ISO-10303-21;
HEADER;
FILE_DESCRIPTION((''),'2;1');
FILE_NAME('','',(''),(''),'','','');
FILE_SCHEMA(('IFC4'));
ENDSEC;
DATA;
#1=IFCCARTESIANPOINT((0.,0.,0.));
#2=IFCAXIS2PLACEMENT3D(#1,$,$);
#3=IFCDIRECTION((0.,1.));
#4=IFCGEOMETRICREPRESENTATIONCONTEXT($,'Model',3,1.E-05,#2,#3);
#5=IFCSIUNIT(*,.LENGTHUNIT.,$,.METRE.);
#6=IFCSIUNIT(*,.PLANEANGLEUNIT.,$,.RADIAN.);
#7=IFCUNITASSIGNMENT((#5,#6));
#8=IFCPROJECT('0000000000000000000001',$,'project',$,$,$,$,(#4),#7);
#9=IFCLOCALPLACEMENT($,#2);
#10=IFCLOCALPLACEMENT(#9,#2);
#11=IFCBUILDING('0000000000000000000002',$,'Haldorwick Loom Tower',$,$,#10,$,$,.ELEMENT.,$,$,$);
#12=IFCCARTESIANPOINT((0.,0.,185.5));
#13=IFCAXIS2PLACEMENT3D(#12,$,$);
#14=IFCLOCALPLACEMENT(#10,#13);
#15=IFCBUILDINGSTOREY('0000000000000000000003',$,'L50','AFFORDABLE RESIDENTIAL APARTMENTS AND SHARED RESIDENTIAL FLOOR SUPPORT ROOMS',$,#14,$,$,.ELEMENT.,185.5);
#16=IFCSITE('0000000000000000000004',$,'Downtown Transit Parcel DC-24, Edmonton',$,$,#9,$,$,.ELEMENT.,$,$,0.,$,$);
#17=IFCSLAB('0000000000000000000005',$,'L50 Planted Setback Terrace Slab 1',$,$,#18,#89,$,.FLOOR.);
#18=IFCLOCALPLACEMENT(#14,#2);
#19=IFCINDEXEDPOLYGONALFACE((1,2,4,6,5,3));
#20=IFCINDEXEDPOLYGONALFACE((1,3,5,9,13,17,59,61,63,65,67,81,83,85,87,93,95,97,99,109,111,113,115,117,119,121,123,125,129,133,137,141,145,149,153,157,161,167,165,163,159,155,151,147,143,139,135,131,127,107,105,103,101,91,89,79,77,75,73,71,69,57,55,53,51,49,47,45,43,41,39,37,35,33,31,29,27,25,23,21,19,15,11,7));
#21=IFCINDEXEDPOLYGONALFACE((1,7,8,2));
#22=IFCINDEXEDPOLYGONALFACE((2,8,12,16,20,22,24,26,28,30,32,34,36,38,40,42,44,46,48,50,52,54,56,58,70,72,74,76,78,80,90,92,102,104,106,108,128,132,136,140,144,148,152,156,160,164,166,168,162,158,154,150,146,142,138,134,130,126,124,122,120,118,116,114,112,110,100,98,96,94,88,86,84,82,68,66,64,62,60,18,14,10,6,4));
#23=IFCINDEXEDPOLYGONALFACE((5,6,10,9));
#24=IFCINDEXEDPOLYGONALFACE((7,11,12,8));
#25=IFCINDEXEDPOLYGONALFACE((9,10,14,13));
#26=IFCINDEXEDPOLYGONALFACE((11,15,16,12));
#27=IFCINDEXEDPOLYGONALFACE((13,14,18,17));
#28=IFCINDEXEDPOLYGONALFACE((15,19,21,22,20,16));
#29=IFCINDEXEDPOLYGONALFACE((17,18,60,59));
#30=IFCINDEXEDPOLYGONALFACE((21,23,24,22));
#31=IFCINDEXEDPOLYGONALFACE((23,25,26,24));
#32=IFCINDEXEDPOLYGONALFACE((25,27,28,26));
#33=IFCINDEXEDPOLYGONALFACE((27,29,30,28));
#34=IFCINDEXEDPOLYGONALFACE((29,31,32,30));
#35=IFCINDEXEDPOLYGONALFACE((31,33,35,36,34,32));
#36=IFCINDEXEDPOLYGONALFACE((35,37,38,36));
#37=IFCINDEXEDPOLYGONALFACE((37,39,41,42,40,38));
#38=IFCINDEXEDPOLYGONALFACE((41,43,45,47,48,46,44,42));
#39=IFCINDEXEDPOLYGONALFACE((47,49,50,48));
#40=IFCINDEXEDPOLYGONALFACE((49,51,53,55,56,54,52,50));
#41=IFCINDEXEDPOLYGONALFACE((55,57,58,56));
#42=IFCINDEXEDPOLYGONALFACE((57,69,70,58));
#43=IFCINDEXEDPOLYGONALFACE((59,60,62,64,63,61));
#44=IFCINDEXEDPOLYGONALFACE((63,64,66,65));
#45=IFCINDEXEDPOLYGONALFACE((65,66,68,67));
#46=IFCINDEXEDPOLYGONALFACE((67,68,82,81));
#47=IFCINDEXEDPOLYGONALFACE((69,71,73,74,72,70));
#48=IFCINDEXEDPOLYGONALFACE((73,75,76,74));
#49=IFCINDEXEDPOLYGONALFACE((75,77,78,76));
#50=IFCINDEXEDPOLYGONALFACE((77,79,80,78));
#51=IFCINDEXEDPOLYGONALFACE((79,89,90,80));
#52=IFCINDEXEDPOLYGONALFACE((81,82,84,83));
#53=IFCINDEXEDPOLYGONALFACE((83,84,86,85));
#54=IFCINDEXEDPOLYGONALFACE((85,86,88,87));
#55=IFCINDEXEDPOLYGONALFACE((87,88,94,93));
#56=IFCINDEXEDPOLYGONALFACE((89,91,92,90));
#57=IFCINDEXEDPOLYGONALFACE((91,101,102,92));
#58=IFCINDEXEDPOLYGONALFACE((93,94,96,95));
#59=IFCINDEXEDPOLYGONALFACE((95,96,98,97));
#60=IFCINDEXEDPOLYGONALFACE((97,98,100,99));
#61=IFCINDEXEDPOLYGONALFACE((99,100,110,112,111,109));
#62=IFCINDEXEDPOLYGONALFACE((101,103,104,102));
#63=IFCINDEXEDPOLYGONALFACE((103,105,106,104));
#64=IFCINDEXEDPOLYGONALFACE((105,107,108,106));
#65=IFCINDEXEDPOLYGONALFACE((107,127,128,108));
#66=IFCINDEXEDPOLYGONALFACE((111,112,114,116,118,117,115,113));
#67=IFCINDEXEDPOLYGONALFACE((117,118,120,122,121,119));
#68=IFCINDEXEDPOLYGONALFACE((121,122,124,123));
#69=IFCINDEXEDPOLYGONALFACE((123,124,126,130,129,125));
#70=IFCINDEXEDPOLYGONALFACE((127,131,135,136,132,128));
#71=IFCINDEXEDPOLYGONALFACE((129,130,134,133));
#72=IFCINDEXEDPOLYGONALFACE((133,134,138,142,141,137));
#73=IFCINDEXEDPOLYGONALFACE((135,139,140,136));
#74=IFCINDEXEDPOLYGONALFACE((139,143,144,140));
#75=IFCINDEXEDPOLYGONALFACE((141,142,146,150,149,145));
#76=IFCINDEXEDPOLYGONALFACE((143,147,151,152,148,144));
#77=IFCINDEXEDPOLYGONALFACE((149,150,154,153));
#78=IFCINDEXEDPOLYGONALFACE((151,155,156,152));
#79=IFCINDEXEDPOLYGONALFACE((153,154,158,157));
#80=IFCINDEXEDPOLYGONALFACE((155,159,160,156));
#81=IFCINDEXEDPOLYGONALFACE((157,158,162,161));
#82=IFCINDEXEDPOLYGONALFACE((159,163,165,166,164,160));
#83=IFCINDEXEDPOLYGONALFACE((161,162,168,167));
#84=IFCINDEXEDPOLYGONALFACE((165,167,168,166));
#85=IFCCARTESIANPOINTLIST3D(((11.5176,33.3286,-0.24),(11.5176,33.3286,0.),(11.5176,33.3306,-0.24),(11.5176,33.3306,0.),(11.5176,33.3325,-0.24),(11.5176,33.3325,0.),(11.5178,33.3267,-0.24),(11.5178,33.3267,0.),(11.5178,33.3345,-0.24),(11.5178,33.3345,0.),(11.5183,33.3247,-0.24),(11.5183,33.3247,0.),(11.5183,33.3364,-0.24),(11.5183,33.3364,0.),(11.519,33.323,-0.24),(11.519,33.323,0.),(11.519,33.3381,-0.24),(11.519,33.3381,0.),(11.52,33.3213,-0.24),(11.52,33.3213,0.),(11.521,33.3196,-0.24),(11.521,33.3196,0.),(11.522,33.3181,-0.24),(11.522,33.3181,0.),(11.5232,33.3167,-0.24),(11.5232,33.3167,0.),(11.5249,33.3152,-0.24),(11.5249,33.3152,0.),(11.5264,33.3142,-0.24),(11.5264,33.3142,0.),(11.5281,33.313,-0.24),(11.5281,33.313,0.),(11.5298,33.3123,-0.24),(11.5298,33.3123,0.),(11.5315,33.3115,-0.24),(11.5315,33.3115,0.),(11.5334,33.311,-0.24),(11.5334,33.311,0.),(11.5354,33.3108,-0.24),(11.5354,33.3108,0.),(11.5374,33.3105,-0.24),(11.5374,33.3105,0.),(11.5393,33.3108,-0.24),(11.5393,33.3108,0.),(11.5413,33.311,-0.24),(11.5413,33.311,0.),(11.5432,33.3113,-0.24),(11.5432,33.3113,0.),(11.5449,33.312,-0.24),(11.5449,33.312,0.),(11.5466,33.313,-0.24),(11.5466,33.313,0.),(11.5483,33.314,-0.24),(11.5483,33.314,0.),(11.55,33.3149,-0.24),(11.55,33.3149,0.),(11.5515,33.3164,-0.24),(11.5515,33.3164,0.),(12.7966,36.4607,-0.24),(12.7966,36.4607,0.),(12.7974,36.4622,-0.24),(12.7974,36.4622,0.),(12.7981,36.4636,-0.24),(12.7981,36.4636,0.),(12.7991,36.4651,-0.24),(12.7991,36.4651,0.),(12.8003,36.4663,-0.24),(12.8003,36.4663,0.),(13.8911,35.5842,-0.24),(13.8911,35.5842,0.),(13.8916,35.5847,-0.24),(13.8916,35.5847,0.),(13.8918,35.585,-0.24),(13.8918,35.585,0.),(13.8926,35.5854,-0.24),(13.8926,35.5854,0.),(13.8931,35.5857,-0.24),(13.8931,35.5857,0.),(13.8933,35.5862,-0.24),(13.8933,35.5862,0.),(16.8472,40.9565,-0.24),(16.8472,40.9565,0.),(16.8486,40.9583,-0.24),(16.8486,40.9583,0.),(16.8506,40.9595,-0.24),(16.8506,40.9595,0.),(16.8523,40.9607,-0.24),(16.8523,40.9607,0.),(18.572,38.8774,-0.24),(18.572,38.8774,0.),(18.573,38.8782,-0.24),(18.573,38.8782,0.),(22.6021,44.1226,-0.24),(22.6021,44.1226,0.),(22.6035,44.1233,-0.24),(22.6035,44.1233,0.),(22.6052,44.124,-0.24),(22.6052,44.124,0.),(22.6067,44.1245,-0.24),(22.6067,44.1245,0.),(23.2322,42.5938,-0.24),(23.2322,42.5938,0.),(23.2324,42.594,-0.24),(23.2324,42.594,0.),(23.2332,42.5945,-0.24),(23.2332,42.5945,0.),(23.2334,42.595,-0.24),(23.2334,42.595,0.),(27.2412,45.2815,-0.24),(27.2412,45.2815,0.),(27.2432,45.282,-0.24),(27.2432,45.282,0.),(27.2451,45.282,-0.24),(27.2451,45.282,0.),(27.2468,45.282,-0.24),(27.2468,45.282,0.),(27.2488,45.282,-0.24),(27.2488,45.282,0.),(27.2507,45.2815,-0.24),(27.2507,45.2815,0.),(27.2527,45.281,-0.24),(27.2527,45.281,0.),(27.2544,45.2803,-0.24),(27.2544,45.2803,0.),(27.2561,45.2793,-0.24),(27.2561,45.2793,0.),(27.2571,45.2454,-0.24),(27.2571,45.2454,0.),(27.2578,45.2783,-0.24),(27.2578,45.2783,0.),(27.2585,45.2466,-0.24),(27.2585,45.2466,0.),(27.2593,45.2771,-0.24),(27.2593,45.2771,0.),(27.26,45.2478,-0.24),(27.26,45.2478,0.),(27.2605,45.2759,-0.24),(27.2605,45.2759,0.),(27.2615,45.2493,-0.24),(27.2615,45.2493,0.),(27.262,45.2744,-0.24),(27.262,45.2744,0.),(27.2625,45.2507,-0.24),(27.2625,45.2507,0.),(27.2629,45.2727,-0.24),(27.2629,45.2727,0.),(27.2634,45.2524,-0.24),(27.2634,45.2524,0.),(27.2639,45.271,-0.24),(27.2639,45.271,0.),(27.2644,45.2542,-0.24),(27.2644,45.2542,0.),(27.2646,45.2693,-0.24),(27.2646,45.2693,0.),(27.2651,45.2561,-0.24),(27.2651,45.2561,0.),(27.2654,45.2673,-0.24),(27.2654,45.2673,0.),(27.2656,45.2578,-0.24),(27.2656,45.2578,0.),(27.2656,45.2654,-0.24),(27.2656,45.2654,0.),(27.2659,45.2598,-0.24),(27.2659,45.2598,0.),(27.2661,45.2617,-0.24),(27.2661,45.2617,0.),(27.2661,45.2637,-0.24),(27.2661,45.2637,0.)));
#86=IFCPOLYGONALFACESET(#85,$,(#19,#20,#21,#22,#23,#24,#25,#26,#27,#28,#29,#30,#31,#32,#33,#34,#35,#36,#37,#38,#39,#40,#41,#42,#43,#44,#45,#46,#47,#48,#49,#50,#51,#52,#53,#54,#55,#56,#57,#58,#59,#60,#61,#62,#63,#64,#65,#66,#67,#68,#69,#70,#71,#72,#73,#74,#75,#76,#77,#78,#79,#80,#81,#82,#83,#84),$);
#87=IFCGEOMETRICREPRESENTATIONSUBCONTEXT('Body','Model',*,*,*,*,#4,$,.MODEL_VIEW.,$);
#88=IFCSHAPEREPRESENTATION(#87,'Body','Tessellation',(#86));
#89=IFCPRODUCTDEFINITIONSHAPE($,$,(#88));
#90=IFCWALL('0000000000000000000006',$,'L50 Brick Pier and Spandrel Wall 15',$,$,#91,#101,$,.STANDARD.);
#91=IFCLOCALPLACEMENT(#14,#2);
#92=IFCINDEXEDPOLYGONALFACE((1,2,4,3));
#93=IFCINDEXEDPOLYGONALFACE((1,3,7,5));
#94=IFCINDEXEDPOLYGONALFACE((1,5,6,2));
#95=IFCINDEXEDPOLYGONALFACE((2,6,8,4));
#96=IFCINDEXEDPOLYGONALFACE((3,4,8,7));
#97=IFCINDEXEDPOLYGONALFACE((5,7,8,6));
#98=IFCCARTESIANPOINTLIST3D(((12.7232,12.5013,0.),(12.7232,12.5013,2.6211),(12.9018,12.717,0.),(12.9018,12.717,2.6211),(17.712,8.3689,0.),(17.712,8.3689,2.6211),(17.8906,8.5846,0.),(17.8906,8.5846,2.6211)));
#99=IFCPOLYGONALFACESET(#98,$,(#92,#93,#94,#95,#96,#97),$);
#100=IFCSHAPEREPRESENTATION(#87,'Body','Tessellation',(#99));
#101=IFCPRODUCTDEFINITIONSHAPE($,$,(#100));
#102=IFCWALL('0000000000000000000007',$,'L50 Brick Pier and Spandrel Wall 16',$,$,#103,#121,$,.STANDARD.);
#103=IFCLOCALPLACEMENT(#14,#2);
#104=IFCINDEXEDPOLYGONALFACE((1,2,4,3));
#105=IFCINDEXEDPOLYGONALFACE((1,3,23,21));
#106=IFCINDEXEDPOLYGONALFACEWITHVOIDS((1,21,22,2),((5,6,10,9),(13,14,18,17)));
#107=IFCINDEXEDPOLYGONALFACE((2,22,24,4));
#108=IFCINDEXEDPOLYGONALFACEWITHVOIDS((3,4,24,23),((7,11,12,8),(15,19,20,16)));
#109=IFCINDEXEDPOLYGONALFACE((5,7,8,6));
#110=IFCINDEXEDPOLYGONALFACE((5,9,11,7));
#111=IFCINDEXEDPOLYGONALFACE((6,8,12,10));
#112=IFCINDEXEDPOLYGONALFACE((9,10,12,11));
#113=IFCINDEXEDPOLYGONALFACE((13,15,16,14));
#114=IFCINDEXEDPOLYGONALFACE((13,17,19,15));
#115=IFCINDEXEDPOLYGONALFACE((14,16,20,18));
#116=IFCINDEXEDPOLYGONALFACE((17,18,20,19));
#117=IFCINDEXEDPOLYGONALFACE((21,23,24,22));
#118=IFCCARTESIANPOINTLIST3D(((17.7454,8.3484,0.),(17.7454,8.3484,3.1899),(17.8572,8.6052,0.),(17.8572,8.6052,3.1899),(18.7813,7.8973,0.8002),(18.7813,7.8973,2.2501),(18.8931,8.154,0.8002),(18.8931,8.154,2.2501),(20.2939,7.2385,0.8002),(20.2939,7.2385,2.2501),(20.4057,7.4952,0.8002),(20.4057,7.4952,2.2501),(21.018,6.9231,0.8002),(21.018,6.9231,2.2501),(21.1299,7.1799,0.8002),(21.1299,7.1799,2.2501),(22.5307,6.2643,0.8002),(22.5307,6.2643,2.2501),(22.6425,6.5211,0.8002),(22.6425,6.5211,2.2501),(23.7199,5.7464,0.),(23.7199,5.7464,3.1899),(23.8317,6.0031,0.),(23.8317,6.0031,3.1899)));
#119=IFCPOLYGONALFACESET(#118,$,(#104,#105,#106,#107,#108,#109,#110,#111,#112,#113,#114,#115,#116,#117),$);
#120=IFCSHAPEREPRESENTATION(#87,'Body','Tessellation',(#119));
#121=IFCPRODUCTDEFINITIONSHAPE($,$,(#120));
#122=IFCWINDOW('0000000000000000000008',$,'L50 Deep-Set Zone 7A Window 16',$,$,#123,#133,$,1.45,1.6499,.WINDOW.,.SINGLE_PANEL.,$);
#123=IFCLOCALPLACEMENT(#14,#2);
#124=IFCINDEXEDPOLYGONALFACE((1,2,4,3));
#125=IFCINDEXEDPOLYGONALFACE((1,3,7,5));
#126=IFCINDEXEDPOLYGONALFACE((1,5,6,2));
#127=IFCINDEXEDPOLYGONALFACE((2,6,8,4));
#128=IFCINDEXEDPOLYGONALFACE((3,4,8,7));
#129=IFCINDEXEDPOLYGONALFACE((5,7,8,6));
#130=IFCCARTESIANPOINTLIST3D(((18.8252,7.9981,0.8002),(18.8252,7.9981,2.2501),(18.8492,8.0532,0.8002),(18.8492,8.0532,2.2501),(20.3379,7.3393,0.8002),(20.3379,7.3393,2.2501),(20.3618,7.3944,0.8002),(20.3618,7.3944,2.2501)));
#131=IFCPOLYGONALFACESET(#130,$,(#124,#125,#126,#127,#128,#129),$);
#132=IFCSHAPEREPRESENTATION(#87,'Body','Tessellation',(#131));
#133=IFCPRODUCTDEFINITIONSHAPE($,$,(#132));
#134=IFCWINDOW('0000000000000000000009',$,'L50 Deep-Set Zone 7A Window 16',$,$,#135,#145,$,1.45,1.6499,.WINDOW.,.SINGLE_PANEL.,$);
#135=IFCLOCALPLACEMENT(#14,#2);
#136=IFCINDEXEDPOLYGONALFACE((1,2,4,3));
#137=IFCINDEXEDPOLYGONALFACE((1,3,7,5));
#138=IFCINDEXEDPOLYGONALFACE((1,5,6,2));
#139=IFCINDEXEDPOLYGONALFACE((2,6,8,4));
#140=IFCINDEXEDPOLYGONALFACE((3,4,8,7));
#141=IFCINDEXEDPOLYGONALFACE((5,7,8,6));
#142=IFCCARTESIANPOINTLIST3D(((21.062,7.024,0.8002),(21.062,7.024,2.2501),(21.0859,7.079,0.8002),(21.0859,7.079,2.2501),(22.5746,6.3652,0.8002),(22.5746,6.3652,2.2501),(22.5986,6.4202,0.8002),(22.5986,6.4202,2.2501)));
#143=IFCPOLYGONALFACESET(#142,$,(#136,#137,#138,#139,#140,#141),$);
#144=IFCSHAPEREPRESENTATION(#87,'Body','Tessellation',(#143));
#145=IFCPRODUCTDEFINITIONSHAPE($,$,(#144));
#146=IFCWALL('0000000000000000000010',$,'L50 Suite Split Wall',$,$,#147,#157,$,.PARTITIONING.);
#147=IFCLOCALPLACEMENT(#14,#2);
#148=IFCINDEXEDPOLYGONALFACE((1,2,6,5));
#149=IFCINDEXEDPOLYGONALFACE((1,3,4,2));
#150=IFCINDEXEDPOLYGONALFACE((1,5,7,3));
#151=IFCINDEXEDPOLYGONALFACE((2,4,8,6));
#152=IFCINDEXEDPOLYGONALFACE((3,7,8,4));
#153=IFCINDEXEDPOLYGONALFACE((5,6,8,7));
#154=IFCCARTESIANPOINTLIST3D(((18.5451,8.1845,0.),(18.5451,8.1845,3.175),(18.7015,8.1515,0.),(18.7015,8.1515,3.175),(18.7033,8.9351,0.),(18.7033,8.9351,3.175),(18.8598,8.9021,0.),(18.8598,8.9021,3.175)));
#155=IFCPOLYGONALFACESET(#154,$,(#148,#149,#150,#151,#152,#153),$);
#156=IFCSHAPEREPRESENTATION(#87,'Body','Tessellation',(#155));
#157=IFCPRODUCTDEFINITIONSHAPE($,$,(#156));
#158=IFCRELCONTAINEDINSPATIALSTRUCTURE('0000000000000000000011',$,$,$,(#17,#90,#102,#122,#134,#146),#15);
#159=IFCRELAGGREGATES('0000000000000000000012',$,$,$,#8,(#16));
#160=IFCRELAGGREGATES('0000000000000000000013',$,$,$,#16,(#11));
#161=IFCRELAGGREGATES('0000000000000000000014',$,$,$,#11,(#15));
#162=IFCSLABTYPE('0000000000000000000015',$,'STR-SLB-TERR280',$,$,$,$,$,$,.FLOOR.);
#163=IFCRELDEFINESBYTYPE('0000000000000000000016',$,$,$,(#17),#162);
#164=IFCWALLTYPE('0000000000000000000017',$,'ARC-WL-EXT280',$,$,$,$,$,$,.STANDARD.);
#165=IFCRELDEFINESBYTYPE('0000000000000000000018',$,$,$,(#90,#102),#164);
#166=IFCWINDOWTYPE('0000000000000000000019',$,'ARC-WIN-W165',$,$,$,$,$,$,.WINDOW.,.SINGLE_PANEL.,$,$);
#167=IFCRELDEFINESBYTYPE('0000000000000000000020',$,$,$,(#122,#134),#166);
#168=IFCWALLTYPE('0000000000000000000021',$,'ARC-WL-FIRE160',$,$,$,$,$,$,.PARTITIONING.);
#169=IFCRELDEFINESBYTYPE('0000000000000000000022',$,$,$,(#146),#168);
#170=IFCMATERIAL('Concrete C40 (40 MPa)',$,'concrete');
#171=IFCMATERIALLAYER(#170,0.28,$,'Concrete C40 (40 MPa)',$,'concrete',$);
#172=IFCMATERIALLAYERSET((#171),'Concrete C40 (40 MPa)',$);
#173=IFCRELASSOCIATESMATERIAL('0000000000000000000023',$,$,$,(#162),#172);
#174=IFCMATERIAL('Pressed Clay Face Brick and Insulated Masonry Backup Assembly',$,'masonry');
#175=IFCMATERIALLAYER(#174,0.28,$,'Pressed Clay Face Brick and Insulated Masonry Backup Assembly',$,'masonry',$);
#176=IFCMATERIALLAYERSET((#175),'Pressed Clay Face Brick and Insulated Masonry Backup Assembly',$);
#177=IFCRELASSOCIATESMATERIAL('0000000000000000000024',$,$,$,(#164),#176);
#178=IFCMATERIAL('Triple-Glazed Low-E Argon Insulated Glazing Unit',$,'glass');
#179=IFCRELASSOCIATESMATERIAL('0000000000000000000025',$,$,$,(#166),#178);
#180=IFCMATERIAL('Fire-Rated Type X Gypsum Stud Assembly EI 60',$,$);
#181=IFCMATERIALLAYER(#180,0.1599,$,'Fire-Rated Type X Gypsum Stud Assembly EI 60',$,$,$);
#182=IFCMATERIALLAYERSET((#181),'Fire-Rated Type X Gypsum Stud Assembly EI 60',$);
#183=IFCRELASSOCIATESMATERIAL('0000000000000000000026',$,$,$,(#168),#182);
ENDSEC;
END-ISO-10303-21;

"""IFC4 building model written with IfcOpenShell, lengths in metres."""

from ifc_helpers import new_model, si_unit, direction, frame, frame_2d, origin, place, context, subcontext, project, spatial, polyline, rectangle, outline, extrude, material, layer, layer_set, type_object, element, fill, save


model = new_model("IFC4")

# Units and contexts
model_context = context("Model", 3, precision=1e-05, world=origin(), true_north=direction((0.0, 1.0)))
body_context = subcontext(model_context, "Body", "Model", "MODEL_VIEW")
ifc_project = project(units=[si_unit("LENGTHUNIT", "METRE"), si_unit("PLANEANGLEUNIT", "RADIAN")], contexts=[model_context])

# Site, building, storey
site_placement = place(None, origin())
site = spatial("IfcSite", under=ifc_project, at=site_placement, Name="Downtown Transit Parcel DC-24, Edmonton", CompositionType="ELEMENT", RefElevation=0.0)
building_placement = place(site_placement, origin())
building = spatial("IfcBuilding", under=site, at=building_placement, Name="Haldorwick Loom Tower", CompositionType="ELEMENT")
storey_placement = place(building_placement, frame((0.0, 0.0, 185.5)))
storey = spatial("IfcBuildingStorey", under=building, at=storey_placement, Name="L50", Description="AFFORDABLE RESIDENTIAL APARTMENTS AND SHARED RESIDENTIAL FLOOR SUPPORT ROOMS", CompositionType="ELEMENT", Elevation=185.5)

# Shared definitions
ifc_material_1 = material(Name="Concrete C40 (40 MPa)", Category="concrete")

# Slab
ifc_layer_1 = layer(ifc_material_1, 0.28, Name="Concrete C40 (40 MPa)", Category="concrete")
ifc_layer_set_1 = layer_set([ifc_layer_1], Name="Concrete C40 (40 MPa)")
slab_type_1 = type_object("IfcSlabType", Name="STR-SLB-TERR280", PredefinedType="FLOOR", material=ifc_layer_set_1)
slab_1_placement = place(storey_placement, frame((0.0, 0.0, -0.24)))
element("IfcSlab", 1, at=slab_1_placement, inside=storey, type_object=slab_type_1, Name="L50 Planted Setback Terrace Slab 1", PredefinedType="FLOOR", context=body_context, shape_type="SweptSolid", body=[
    extrude(outline(polyline([(11.519, 33.3381), (11.5183, 33.3364), (11.5178, 33.3345), (11.5176, 33.3325), (11.5176, 33.3306), (11.5176, 33.3286), (11.5178, 33.3267), (11.5183, 33.3247), (11.519, 33.323), (11.52, 33.3213), (11.521, 33.3196), (11.522, 33.3181), (11.5232, 33.3167), (11.5249, 33.3152), (11.5264, 33.3142), (11.5281, 33.313), (11.5298, 33.3123), (11.5315, 33.3115), (11.5334, 33.311), (11.5354, 33.3108), (11.5374, 33.3105), (11.5393, 33.3108), (11.5413, 33.311), (11.5432, 33.3113), (11.5449, 33.312), (11.5466, 33.313), (11.5483, 33.314), (11.55, 33.3149), (11.5515, 33.3164), (13.8911, 35.5842), (13.8916, 35.5847), (13.8918, 35.585), (13.8926, 35.5854), (13.8931, 35.5857), (13.8933, 35.5862), (18.572, 38.8774), (18.573, 38.8782), (23.2322, 42.5938), (23.2324, 42.594), (23.2332, 42.5945), (23.2334, 42.595), (27.2571, 45.2454), (27.2585, 45.2466), (27.26, 45.2478), (27.2615, 45.2493), (27.2625, 45.2507), (27.2634, 45.2524), (27.2644, 45.2542), (27.2651, 45.2561), (27.2656, 45.2578), (27.2659, 45.2598), (27.2661, 45.2617), (27.2661, 45.2637), (27.2656, 45.2654), (27.2654, 45.2673), (27.2646, 45.2693), (27.2639, 45.271), (27.2629, 45.2727), (27.262, 45.2744), (27.2605, 45.2759), (27.2593, 45.2771), (27.2578, 45.2783), (27.2561, 45.2793), (27.2544, 45.2803), (27.2527, 45.281), (27.2507, 45.2815), (27.2488, 45.282), (27.2468, 45.282), (27.2451, 45.282), (27.2432, 45.282), (27.2412, 45.2815), (22.6067, 44.1245), (22.6052, 44.124), (22.6035, 44.1233), (22.6021, 44.1226), (16.8523, 40.9607), (16.8506, 40.9595), (16.8486, 40.9583), (16.8472, 40.9565), (12.8003, 36.4663), (12.7991, 36.4651), (12.7981, 36.4636), (12.7974, 36.4622), (12.7966, 36.4607), (11.519, 33.3381)])), origin(), (0.0, 0.0, 1.0), 0.24),
])

# Wall
ifc_material_2 = material(Name="Pressed Clay Face Brick and Insulated Masonry Backup Assembly", Category="masonry")
ifc_layer_2 = layer(ifc_material_2, 0.28, Name="Pressed Clay Face Brick and Insulated Masonry Backup Assembly", Category="masonry")
ifc_layer_set_2 = layer_set([ifc_layer_2], Name="Pressed Clay Face Brick and Insulated Masonry Backup Assembly")
wall_type_1 = type_object("IfcWallType", Name="ARC-WL-EXT280", PredefinedType="STANDARD", material=ifc_layer_set_2)
wall_1_placement = place(storey_placement, frame((12.8125, 12.6091, 0.0), z_axis=(0.0, 0.0, 1.0), x_axis=(0.770115, -0.637905, 0.0)))
element("IfcWall", 2, at=wall_1_placement, inside=storey, type_object=wall_type_1, Name="L50 Brick Pier and Spandrel Wall 15", PredefinedType="STANDARD", context=body_context, shape_type="SweptSolid", body=[
    extrude(rectangle(XDim=6.478, YDim=0.28, at=frame_2d((3.239, 0.0))), origin(), (0.0, 0.0, 1.0), 2.6211),
])

# Wall, openings, windows
wall_2_placement = place(storey_placement, frame((17.8013, 8.4768, 0.0), z_axis=(0.0, 0.0, 1.0), x_axis=(0.916823, -0.399293, 0.0)))
wall_2 = element("IfcWall", 3, at=wall_2_placement, inside=storey, type_object=wall_type_1, Name="L50 Brick Pier and Spandrel Wall 16", PredefinedType="STANDARD", context=body_context, shape_type="SweptSolid", body=[
    extrude(rectangle(XDim=6.5166, YDim=0.28, at=frame_2d((3.2583, 0.0))), origin(), (0.0, 0.0, 1.0), 3.1899),
])
opening_1_placement = place(wall_2_placement, frame((1.1299, 0.0, 0.8)))
opening_1 = element("IfcOpeningElement", 4, at=opening_1_placement, cuts=wall_2, PredefinedType="OPENING", context=body_context, shape_type="SweptSolid", body=[
    extrude(rectangle(XDim=1.6499, YDim=1.45, at=frame_2d((0.825, 0.7251))), frame((0.0, 0.1499, 0.0), z_axis=(0.0, -1.0, 0.0), x_axis=(1.0, 0.0, 0.0)), (0.0, 0.0, 1.0), 0.3),
])
opening_2_placement = place(wall_2_placement, frame((3.5696, 0.0, 0.8)))
opening_2 = element("IfcOpeningElement", 5, at=opening_2_placement, cuts=wall_2, PredefinedType="OPENING", context=body_context, shape_type="SweptSolid", body=[
    extrude(rectangle(XDim=1.6499, YDim=1.45, at=frame_2d((0.825, 0.7251))), frame((0.0, 0.1499, 0.0), z_axis=(0.0, -1.0, 0.0), x_axis=(1.0, 0.0, 0.0)), (0.0, 0.0, 1.0), 0.3),
])
ifc_material_3 = material(Name="Triple-Glazed Low-E Argon Insulated Glazing Unit", Category="glass")
window_type = type_object("IfcWindowType", Name="ARC-WIN-W165", PartitioningType="SINGLE_PANEL", PredefinedType="WINDOW", material=ifc_material_3)
window_1_placement = place(opening_1_placement, origin())
window_1 = element("IfcWindow", 6, at=window_1_placement, inside=storey, type_object=window_type, Name="L50 Deep-Set Zone 7A Window 16", OverallHeight=1.45, OverallWidth=1.6499, PartitioningType="SINGLE_PANEL", PredefinedType="WINDOW", context=body_context, shape_type="SweptSolid", body=[
    extrude(rectangle(XDim=1.6499, YDim=1.45, at=frame_2d((0.825, 0.7251))), frame((0.0, 0.03, 0.0), z_axis=(0.0, -1.0, 0.0), x_axis=(1.0, 0.0, 0.0)), (0.0, 0.0, 1.0), 0.0601),
])
fill(opening_1, window_1)
window_2_placement = place(opening_2_placement, origin())
window_2 = element("IfcWindow", 7, at=window_2_placement, inside=storey, type_object=window_type, Name="L50 Deep-Set Zone 7A Window 16", OverallHeight=1.45, OverallWidth=1.6499, PartitioningType="SINGLE_PANEL", PredefinedType="WINDOW", context=body_context, shape_type="SweptSolid", body=[
    extrude(rectangle(XDim=1.6499, YDim=1.45, at=frame_2d((0.825, 0.7251))), frame((0.0, 0.03, 0.0), z_axis=(0.0, -1.0, 0.0), x_axis=(1.0, 0.0, 0.0)), (0.0, 0.0, 1.0), 0.0601),
])
fill(opening_2, window_2)

# Wall
ifc_material_4 = material(Name="Fire-Rated Type X Gypsum Stud Assembly EI 60")
ifc_layer_3 = layer(ifc_material_4, 0.1599, Name="Fire-Rated Type X Gypsum Stud Assembly EI 60")
ifc_layer_set_3 = layer_set([ifc_layer_3], Name="Fire-Rated Type X Gypsum Stud Assembly EI 60")
wall_type_2 = type_object("IfcWallType", Name="ARC-WL-FIRE160", PredefinedType="PARTITIONING", material=ifc_layer_set_3)
wall_3_placement = place(storey_placement, frame((18.6233, 8.168, 0.0), z_axis=(0.0, 0.0, 1.0), x_axis=(0.206267, 0.978496, 0.0)))
element("IfcWall", 8, at=wall_3_placement, inside=storey, type_object=wall_type_2, Name="L50 Suite Split Wall", PredefinedType="PARTITIONING", context=body_context, shape_type="SweptSolid", body=[
    extrude(rectangle(XDim=0.7671, YDim=0.1599, at=frame_2d((0.3835, 0.0))), origin(), (0.0, 0.0, 1.0), 3.175),
])

save(model, "model.ifc")
